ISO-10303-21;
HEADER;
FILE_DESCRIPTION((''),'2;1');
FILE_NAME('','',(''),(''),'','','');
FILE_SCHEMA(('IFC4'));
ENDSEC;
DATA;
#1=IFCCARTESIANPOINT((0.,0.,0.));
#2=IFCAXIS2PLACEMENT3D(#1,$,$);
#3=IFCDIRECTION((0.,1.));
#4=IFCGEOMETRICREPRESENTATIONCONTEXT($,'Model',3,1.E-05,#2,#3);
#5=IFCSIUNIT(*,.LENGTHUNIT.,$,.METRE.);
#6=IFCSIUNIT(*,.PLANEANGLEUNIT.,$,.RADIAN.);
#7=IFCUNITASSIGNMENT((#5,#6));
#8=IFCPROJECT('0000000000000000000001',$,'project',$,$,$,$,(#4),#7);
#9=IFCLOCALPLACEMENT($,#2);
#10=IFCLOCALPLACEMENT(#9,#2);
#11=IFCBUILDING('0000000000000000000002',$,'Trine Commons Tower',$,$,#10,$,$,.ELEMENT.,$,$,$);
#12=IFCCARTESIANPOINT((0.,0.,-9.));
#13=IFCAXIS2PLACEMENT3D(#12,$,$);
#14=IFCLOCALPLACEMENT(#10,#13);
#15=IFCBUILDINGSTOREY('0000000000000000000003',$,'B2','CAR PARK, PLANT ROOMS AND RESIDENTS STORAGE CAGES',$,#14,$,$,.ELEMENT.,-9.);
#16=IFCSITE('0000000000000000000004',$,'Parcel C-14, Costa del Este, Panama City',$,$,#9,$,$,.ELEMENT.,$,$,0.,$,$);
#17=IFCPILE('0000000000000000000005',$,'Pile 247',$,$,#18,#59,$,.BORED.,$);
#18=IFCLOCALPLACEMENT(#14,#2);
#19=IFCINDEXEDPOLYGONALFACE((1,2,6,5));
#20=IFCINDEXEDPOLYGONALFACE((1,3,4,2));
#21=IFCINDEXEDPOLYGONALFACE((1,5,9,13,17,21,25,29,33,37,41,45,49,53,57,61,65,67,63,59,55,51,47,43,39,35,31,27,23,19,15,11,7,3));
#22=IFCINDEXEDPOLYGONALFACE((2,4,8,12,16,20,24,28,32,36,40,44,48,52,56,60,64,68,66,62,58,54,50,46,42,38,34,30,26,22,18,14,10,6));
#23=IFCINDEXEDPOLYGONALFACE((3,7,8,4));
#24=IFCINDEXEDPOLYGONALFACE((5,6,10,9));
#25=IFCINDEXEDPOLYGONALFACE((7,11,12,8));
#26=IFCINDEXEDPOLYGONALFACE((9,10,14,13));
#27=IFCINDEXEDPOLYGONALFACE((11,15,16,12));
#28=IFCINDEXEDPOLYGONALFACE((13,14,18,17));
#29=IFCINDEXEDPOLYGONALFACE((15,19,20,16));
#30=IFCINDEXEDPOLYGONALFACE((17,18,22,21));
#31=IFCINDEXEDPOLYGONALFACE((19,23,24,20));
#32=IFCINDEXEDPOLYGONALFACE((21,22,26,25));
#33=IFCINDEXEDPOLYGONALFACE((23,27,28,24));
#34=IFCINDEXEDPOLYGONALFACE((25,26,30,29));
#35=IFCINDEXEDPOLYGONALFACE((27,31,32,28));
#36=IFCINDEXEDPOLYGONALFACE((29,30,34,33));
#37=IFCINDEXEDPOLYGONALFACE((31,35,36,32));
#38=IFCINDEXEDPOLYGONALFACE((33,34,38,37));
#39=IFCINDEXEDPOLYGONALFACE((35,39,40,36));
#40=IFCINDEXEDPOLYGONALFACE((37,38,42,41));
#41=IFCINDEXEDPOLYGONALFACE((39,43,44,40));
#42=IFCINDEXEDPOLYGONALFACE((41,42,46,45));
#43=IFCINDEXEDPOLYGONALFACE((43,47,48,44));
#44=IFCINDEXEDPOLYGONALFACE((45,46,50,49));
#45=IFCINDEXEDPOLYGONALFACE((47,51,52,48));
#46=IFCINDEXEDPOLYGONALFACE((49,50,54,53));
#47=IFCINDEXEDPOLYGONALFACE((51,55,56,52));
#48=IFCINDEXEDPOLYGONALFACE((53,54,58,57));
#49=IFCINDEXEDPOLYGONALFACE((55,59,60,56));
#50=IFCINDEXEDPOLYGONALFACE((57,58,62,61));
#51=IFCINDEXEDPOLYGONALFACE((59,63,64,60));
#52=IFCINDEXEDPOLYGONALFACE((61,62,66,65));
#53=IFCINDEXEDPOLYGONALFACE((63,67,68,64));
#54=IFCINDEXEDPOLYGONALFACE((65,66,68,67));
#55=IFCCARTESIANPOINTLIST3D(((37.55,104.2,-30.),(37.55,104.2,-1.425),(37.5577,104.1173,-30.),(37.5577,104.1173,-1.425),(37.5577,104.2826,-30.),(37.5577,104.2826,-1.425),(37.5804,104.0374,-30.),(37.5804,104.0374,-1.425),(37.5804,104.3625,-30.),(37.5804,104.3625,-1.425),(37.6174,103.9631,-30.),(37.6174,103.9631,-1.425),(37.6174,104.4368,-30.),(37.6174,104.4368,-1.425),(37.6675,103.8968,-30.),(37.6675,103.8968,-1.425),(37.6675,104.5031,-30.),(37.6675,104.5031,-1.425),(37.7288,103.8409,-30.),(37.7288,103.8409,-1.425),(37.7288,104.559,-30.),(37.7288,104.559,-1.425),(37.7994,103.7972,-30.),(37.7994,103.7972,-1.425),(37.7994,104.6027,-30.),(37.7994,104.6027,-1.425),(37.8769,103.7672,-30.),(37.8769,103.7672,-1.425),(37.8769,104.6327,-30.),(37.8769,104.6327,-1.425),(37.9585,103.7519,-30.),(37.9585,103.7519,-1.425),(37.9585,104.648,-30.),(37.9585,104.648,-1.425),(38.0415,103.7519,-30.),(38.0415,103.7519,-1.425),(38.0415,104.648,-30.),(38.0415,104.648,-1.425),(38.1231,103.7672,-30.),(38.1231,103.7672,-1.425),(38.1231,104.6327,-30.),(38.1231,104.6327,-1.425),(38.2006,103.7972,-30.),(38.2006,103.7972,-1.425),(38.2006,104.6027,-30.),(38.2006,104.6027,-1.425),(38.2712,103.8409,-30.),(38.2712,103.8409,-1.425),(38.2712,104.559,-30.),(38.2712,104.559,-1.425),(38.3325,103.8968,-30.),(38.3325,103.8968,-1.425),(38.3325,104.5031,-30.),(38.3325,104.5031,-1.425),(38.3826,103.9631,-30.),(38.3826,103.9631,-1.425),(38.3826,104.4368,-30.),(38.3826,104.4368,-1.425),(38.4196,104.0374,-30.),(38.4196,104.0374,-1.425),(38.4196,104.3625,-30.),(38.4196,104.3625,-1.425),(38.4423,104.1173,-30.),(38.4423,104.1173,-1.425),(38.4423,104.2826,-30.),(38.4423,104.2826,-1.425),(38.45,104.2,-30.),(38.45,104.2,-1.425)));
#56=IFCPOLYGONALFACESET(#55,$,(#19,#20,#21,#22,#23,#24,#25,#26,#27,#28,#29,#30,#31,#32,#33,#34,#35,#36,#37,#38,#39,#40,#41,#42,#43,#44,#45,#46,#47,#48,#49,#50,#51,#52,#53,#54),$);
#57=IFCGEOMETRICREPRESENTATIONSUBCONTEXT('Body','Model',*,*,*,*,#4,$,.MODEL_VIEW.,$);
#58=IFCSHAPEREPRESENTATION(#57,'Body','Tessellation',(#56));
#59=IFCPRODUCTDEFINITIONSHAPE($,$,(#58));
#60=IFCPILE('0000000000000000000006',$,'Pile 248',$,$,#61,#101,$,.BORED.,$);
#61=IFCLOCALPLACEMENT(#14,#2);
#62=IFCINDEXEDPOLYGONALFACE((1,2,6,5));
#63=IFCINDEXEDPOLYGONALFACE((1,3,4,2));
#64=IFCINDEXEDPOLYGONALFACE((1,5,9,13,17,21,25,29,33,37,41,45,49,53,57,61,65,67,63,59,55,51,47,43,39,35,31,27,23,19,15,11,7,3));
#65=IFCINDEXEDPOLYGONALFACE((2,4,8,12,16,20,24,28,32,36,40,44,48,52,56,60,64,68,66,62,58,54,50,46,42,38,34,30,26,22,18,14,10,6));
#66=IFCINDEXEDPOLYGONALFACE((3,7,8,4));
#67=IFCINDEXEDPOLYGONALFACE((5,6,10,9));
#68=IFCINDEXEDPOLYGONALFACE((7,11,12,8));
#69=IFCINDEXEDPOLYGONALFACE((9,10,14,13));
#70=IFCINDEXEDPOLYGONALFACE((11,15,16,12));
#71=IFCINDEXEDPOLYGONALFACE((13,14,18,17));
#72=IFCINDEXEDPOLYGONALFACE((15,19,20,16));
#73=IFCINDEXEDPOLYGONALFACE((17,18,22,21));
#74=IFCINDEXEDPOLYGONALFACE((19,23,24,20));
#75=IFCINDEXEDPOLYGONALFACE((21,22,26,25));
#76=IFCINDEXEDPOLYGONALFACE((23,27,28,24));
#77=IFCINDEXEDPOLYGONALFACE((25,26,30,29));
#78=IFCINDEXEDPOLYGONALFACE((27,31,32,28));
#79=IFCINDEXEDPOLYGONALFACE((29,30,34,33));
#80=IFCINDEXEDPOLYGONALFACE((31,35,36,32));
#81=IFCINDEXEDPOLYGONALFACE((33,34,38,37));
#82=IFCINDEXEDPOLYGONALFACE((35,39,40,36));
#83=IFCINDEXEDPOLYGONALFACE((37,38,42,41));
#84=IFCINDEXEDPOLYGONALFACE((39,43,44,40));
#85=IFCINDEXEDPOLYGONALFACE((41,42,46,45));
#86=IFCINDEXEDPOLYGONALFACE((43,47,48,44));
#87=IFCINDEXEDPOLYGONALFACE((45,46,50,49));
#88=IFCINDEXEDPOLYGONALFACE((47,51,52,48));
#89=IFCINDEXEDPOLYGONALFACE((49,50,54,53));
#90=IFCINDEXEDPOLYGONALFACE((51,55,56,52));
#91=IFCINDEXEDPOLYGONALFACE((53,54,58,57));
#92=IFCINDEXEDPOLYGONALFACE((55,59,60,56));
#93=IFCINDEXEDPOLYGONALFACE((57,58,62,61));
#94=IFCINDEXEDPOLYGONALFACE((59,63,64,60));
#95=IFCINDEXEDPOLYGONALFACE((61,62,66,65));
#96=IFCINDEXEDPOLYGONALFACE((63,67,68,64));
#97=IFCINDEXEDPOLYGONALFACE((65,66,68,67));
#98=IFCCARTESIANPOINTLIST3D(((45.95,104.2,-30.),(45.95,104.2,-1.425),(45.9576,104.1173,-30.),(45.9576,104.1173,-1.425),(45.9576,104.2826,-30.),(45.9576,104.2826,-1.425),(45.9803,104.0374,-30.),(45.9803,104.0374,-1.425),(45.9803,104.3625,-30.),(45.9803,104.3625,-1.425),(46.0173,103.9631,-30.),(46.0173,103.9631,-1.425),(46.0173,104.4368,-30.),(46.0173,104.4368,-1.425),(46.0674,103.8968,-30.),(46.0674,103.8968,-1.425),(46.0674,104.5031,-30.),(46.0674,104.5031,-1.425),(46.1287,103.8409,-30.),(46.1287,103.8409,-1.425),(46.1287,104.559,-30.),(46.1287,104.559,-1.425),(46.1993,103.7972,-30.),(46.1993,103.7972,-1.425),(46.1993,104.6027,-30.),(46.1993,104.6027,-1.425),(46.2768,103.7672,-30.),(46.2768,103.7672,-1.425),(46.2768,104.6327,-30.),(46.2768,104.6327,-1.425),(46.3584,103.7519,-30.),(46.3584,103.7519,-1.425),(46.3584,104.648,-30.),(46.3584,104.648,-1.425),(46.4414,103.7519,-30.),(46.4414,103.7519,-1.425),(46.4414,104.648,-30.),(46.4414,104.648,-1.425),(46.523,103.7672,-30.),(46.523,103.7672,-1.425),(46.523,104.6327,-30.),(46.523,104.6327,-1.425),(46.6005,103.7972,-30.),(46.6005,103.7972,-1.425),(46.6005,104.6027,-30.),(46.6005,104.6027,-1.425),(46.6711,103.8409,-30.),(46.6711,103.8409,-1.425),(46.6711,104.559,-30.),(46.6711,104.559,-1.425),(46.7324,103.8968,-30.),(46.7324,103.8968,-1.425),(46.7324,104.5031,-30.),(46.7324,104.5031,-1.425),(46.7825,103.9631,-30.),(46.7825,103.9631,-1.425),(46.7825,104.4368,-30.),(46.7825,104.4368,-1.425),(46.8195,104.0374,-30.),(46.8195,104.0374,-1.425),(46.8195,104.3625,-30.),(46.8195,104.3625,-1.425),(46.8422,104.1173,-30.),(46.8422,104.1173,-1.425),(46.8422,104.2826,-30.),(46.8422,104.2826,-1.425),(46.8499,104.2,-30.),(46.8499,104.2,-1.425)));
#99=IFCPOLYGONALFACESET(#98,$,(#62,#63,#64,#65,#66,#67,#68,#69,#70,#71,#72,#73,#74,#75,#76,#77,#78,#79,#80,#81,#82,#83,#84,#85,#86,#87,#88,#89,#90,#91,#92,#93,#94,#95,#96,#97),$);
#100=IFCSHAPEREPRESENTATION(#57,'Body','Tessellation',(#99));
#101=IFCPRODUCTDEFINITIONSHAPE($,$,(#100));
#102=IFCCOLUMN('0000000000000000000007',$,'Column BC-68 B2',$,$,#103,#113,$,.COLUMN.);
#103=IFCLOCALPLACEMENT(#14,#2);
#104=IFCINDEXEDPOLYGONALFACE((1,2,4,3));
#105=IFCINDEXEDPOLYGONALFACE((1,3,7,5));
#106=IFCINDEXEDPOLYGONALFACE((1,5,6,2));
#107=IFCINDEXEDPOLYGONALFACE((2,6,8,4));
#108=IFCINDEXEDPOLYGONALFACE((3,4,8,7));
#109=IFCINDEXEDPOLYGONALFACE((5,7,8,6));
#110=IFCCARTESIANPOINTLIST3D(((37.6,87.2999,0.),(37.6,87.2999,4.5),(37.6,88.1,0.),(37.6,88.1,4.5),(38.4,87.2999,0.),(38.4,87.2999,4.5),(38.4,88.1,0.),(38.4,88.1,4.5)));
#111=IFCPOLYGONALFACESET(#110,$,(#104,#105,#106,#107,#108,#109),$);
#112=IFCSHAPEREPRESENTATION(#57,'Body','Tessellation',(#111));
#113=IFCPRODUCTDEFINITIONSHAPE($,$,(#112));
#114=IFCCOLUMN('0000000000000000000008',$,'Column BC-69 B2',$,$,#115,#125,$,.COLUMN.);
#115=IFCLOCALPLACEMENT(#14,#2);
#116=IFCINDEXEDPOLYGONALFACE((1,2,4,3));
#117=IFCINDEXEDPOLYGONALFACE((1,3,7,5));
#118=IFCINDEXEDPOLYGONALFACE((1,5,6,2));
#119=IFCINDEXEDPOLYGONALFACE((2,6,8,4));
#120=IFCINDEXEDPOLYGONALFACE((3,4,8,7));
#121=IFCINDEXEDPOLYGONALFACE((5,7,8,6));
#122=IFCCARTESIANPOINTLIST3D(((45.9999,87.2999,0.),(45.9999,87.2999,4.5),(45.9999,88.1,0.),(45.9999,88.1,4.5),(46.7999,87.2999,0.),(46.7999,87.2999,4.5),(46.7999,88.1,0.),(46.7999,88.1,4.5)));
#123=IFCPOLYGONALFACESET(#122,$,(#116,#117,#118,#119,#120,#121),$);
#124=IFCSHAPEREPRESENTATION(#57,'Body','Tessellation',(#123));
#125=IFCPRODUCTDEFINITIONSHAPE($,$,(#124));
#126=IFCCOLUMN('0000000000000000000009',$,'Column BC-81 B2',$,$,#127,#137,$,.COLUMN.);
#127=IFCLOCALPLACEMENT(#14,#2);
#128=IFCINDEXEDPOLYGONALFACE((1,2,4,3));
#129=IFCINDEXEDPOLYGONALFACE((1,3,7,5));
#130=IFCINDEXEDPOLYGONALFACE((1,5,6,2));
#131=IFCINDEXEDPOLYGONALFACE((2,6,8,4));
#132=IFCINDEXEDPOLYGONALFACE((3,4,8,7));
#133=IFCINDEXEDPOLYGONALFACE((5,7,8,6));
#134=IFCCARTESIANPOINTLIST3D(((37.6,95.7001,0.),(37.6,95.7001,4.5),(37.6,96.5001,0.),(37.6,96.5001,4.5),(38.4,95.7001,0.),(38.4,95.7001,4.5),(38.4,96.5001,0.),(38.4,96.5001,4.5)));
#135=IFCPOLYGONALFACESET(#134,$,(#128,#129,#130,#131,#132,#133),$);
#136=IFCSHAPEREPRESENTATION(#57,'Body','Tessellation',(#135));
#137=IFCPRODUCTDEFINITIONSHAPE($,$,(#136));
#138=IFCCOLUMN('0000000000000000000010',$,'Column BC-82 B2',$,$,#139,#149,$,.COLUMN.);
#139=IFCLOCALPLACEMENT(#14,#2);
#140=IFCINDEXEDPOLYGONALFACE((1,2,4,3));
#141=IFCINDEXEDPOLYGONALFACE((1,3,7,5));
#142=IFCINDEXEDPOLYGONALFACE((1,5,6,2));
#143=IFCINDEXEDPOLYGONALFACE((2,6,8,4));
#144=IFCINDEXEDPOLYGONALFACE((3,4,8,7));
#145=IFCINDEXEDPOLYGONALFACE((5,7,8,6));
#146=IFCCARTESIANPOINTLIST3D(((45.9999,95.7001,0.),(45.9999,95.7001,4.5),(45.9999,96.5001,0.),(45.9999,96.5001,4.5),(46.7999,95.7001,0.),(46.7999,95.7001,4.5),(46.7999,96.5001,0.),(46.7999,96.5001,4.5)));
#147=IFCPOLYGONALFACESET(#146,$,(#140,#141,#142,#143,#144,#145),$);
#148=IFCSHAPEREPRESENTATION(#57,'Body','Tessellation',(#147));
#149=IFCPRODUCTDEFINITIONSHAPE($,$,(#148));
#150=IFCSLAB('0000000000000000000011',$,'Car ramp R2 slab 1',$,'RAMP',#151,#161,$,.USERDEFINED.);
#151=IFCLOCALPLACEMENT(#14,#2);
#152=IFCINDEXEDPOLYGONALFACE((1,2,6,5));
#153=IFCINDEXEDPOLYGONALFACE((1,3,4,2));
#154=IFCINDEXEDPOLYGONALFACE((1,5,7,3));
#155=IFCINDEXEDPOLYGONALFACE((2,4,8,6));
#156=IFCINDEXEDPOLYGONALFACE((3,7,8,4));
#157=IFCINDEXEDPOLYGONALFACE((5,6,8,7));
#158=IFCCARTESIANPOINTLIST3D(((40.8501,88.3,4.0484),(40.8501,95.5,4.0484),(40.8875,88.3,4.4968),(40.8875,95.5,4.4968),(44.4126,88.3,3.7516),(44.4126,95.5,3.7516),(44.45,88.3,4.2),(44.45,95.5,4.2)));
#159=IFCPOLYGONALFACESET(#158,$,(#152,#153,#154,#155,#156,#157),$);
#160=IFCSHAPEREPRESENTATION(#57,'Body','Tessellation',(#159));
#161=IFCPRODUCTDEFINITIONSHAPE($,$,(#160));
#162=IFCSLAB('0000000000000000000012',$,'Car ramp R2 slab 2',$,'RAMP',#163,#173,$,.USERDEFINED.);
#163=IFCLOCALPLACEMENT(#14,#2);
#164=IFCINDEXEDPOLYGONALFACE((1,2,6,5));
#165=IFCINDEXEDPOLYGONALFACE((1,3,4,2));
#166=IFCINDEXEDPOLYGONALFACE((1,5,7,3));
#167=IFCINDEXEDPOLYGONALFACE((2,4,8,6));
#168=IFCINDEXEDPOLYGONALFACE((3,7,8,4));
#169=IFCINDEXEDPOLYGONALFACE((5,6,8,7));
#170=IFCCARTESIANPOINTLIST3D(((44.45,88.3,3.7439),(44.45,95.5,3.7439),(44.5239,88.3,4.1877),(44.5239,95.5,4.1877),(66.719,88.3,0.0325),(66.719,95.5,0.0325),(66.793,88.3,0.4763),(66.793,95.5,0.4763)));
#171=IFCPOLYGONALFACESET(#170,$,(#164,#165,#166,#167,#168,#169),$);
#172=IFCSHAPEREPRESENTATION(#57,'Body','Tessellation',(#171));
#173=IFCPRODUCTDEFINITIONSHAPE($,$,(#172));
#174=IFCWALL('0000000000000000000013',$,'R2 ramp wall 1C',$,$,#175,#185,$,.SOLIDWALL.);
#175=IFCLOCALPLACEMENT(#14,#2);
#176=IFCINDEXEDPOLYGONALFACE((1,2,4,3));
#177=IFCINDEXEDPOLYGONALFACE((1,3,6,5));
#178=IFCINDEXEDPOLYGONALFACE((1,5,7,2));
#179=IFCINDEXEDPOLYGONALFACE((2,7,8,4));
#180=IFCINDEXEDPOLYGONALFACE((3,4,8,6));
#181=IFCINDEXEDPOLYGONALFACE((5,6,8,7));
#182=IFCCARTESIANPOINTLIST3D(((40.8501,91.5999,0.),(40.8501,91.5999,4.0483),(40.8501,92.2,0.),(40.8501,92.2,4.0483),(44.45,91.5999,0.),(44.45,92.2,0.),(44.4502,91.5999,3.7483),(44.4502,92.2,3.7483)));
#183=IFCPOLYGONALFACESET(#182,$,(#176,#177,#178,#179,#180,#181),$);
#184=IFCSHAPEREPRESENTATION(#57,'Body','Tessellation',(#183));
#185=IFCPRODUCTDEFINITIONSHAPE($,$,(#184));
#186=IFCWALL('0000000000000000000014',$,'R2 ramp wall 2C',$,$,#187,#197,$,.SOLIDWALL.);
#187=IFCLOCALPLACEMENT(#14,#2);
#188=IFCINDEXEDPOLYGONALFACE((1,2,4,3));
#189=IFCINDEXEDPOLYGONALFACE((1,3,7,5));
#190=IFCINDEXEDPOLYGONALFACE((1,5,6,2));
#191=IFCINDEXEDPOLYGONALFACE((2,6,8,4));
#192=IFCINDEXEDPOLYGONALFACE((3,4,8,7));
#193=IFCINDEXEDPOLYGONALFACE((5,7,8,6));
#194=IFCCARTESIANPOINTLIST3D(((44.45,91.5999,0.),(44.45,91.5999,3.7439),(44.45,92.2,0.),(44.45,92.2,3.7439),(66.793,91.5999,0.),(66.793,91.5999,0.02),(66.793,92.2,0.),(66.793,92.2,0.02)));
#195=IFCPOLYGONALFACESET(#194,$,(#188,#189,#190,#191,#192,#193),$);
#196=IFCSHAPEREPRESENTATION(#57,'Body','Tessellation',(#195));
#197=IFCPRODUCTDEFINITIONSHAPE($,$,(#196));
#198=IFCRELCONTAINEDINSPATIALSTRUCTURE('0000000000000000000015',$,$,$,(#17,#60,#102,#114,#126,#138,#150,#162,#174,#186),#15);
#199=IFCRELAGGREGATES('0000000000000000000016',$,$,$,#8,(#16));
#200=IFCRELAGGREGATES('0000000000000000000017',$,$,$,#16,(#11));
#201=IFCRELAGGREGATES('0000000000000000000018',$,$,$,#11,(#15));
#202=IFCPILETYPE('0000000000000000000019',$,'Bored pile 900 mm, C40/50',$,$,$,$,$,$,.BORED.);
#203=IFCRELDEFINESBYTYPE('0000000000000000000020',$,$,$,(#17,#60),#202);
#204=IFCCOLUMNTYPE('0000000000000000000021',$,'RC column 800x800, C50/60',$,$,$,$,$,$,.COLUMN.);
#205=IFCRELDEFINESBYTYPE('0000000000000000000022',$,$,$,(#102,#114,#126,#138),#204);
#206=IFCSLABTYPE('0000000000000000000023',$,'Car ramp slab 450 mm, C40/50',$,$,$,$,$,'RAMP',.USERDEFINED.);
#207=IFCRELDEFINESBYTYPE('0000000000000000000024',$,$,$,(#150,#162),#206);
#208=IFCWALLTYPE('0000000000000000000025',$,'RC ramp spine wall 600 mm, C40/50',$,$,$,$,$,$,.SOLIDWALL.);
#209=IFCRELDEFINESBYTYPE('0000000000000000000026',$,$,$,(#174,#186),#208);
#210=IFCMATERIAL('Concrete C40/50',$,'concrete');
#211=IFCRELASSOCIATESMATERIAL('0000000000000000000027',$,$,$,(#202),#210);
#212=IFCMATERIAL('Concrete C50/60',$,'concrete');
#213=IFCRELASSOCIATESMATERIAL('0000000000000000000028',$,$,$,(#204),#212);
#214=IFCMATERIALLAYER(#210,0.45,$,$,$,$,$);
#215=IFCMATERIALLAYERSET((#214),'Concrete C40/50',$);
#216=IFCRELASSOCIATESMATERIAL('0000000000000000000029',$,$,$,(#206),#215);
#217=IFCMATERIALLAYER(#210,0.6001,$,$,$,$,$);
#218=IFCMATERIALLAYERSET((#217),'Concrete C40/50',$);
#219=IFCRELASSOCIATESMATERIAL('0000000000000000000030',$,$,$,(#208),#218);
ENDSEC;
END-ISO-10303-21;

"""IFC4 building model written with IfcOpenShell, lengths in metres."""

from ifc_helpers import new_model, si_unit, direction, frame, origin, origin_2d, place, context, subcontext, project, spatial, polyline, rectangle, circle, outline, extrude, material, layer, layer_set, material_profile, profile_set, type_object, element, save


model = new_model("IFC4")

# Units and contexts
model_context = context("Model", 3, precision=1e-05, world=origin(), true_north=direction((0.0, 1.0)))
body_context = subcontext(model_context, "Body", "Model", "MODEL_VIEW")
ifc_project = project(units=[si_unit("LENGTHUNIT", "METRE"), si_unit("PLANEANGLEUNIT", "RADIAN")], contexts=[model_context])

# Site, building, storey
site_placement = place(None, origin())
site = spatial("IfcSite", under=ifc_project, at=site_placement, Name="Parcel C-14, Costa del Este, Panama City", CompositionType="ELEMENT", RefElevation=0.0)
building_placement = place(site_placement, origin())
building = spatial("IfcBuilding", under=site, at=building_placement, Name="Trine Commons Tower", CompositionType="ELEMENT")
storey_placement = place(building_placement, frame((0.0, 0.0, -9.0)))
storey = spatial("IfcBuildingStorey", under=building, at=storey_placement, Name="B2", Description="CAR PARK, PLANT ROOMS AND RESIDENTS STORAGE CAGES", CompositionType="ELEMENT", Elevation=-9.0)

# Piles
ifc_material_1 = material(Name="Concrete C40/50", Category="concrete")
pile_type_1 = type_object("IfcPileType", Name="Bored pile 900 mm, C40/50", PredefinedType="BORED", material=ifc_material_1)
for number, where, z_axis, x_axis, name in (
    (1, (38.0, 104.2, -1.425), (0.0, 0.0, -1.0), (1.0, 0.0, 0.0), "Pile 247"),
    (2, (46.3999, 104.2, -1.425), (0.0, 0.0, -1.0), (1.0, 0.0, 0.0), "Pile 248"),
):
    element("IfcPile", number, at=place(storey_placement, frame(where, z_axis=z_axis, x_axis=x_axis)), inside=storey, type_object=pile_type_1, Name=name, PredefinedType="BORED", context=body_context, shape_type="SweptSolid", body=[
        extrude(circle(Radius=0.45, at=origin_2d()), origin(), (0.0, 0.0, 1.0), 28.575),
    ])

# Columns
ifc_material_2 = material(Name="Concrete C50/60", Category="concrete")
ifc_material_profile = material_profile(ifc_material_2, rectangle(XDim=0.8, YDim=0.8, at=origin_2d()), Name="RC 800x800")
ifc_profile_set = profile_set([ifc_material_profile], Name="Concrete C50/60")
column_type = type_object("IfcColumnType", Name="RC column 800x800, C50/60", PredefinedType="COLUMN", material=ifc_profile_set)
for number, where, z_axis, x_axis, name in (
    (3, (38.0, 87.7, 0.0), (0.0, 0.0, 1.0), (1.0, 0.0, 0.0), "Column BC-68 B2"),
    (4, (46.3999, 87.7, 0.0), (0.0, 0.0, 1.0), (1.0, 0.0, 0.0), "Column BC-69 B2"),
    (5, (38.0, 96.1001, 0.0), (0.0, 0.0, 1.0), (1.0, 0.0, 0.0), "Column BC-81 B2"),
    (6, (46.3999, 96.1001, 0.0), (0.0, 0.0, 1.0), (1.0, 0.0, 0.0), "Column BC-82 B2"),
):
    element("IfcColumn", number, at=place(storey_placement, frame(where, z_axis=z_axis, x_axis=x_axis)), inside=storey, type_object=column_type, Name=name, PredefinedType="COLUMN", context=body_context, shape_type="SweptSolid", body=[
        extrude(rectangle(XDim=0.8, YDim=0.8, at=origin_2d()), origin(), (0.0, 0.0, 1.0), 4.5),
    ])

# Slabs
ifc_layer_1 = layer(ifc_material_1, 0.45)
ifc_layer_set_1 = layer_set([ifc_layer_1], Name="Concrete C40/50")
slab_type = type_object("IfcSlabType", Name="Car ramp slab 450 mm, C40/50", ElementType="RAMP", PredefinedType="USERDEFINED", material=ifc_layer_set_1)
slab_1_placement = place(storey_placement, frame((40.8875, 88.3, 4.4968), z_axis=(0.083045, 0.0, 0.996546), x_axis=(0.0, 1.0, 0.0)))
element("IfcSlab", 7, at=slab_1_placement, inside=storey, type_object=slab_type, Name="Car ramp R2 slab 1", ObjectType="RAMP", PredefinedType="USERDEFINED", context=body_context, shape_type="SweptSolid", body=[
    extrude(outline(polyline([(0.0, 0.0), (7.2, 0.0), (7.2, -3.5748), (0.0, -3.5748), (0.0, 0.0)])), origin(), (0.0, 0.0, -1.0), 0.45),
])
slab_2_placement = place(storey_placement, frame((44.5239, 88.3, 4.1877), z_axis=(0.164395, 0.0, 0.986395), x_axis=(0.0, 1.0, 0.0)))
element("IfcSlab", 8, at=slab_2_placement, inside=storey, type_object=slab_type, Name="Car ramp R2 slab 2", ObjectType="RAMP", PredefinedType="USERDEFINED", context=body_context, shape_type="SweptSolid", body=[
    extrude(outline(polyline([(0.0, 0.0), (7.2, 0.0), (7.2, -22.5762), (0.0, -22.5762), (0.0, 0.0)])), origin(), (0.0, 0.0, -1.0), 0.45),
])

# Walls
ifc_layer_2 = layer(ifc_material_1, 0.6001)
ifc_layer_set_2 = layer_set([ifc_layer_2], Name="Concrete C40/50")
wall_type_1 = type_object("IfcWallType", Name="RC ramp spine wall 600 mm, C40/50", PredefinedType="SOLIDWALL", material=ifc_layer_set_2)
wall_1_placement = place(storey_placement, frame((40.8501, 91.8999, 0.0), z_axis=(0.0, 0.0, 1.0), x_axis=(1.0, 0.0, 0.0)))
element("IfcWall", 9, at=wall_1_placement, inside=storey, type_object=wall_type_1, Name="R2 ramp wall 1C", PredefinedType="SOLIDWALL", context=body_context, shape_type="SweptSolid", body=[
    extrude(outline(polyline([(0.0, 0.0), (3.5999, 0.0), (3.6001, 3.7483), (0.0, 4.0483), (0.0, 0.0)])), frame((0.0, 0.3, 0.0), z_axis=(0.0, -1.0, 0.0), x_axis=(1.0, 0.0, 0.0)), (0.0, 0.0, 1.0), 0.6001),
])
wall_2_placement = place(storey_placement, frame((44.45, 91.8999, 0.0), z_axis=(0.0, 0.0, 1.0), x_axis=(1.0, 0.0, 0.0)))
element("IfcWall", 10, at=wall_2_placement, inside=storey, type_object=wall_type_1, Name="R2 ramp wall 2C", PredefinedType="SOLIDWALL", context=body_context, shape_type="SweptSolid", body=[
    extrude(outline(polyline([(0.0, 0.0), (22.343, 0.0), (22.343, 0.02), (0.0, 3.7439), (0.0, 0.0)])), frame((0.0, 0.3, 0.0), z_axis=(0.0, -1.0, 0.0), x_axis=(1.0, 0.0, 0.0)), (0.0, 0.0, 1.0), 0.6001),
])

save(model, "model.ifc")
